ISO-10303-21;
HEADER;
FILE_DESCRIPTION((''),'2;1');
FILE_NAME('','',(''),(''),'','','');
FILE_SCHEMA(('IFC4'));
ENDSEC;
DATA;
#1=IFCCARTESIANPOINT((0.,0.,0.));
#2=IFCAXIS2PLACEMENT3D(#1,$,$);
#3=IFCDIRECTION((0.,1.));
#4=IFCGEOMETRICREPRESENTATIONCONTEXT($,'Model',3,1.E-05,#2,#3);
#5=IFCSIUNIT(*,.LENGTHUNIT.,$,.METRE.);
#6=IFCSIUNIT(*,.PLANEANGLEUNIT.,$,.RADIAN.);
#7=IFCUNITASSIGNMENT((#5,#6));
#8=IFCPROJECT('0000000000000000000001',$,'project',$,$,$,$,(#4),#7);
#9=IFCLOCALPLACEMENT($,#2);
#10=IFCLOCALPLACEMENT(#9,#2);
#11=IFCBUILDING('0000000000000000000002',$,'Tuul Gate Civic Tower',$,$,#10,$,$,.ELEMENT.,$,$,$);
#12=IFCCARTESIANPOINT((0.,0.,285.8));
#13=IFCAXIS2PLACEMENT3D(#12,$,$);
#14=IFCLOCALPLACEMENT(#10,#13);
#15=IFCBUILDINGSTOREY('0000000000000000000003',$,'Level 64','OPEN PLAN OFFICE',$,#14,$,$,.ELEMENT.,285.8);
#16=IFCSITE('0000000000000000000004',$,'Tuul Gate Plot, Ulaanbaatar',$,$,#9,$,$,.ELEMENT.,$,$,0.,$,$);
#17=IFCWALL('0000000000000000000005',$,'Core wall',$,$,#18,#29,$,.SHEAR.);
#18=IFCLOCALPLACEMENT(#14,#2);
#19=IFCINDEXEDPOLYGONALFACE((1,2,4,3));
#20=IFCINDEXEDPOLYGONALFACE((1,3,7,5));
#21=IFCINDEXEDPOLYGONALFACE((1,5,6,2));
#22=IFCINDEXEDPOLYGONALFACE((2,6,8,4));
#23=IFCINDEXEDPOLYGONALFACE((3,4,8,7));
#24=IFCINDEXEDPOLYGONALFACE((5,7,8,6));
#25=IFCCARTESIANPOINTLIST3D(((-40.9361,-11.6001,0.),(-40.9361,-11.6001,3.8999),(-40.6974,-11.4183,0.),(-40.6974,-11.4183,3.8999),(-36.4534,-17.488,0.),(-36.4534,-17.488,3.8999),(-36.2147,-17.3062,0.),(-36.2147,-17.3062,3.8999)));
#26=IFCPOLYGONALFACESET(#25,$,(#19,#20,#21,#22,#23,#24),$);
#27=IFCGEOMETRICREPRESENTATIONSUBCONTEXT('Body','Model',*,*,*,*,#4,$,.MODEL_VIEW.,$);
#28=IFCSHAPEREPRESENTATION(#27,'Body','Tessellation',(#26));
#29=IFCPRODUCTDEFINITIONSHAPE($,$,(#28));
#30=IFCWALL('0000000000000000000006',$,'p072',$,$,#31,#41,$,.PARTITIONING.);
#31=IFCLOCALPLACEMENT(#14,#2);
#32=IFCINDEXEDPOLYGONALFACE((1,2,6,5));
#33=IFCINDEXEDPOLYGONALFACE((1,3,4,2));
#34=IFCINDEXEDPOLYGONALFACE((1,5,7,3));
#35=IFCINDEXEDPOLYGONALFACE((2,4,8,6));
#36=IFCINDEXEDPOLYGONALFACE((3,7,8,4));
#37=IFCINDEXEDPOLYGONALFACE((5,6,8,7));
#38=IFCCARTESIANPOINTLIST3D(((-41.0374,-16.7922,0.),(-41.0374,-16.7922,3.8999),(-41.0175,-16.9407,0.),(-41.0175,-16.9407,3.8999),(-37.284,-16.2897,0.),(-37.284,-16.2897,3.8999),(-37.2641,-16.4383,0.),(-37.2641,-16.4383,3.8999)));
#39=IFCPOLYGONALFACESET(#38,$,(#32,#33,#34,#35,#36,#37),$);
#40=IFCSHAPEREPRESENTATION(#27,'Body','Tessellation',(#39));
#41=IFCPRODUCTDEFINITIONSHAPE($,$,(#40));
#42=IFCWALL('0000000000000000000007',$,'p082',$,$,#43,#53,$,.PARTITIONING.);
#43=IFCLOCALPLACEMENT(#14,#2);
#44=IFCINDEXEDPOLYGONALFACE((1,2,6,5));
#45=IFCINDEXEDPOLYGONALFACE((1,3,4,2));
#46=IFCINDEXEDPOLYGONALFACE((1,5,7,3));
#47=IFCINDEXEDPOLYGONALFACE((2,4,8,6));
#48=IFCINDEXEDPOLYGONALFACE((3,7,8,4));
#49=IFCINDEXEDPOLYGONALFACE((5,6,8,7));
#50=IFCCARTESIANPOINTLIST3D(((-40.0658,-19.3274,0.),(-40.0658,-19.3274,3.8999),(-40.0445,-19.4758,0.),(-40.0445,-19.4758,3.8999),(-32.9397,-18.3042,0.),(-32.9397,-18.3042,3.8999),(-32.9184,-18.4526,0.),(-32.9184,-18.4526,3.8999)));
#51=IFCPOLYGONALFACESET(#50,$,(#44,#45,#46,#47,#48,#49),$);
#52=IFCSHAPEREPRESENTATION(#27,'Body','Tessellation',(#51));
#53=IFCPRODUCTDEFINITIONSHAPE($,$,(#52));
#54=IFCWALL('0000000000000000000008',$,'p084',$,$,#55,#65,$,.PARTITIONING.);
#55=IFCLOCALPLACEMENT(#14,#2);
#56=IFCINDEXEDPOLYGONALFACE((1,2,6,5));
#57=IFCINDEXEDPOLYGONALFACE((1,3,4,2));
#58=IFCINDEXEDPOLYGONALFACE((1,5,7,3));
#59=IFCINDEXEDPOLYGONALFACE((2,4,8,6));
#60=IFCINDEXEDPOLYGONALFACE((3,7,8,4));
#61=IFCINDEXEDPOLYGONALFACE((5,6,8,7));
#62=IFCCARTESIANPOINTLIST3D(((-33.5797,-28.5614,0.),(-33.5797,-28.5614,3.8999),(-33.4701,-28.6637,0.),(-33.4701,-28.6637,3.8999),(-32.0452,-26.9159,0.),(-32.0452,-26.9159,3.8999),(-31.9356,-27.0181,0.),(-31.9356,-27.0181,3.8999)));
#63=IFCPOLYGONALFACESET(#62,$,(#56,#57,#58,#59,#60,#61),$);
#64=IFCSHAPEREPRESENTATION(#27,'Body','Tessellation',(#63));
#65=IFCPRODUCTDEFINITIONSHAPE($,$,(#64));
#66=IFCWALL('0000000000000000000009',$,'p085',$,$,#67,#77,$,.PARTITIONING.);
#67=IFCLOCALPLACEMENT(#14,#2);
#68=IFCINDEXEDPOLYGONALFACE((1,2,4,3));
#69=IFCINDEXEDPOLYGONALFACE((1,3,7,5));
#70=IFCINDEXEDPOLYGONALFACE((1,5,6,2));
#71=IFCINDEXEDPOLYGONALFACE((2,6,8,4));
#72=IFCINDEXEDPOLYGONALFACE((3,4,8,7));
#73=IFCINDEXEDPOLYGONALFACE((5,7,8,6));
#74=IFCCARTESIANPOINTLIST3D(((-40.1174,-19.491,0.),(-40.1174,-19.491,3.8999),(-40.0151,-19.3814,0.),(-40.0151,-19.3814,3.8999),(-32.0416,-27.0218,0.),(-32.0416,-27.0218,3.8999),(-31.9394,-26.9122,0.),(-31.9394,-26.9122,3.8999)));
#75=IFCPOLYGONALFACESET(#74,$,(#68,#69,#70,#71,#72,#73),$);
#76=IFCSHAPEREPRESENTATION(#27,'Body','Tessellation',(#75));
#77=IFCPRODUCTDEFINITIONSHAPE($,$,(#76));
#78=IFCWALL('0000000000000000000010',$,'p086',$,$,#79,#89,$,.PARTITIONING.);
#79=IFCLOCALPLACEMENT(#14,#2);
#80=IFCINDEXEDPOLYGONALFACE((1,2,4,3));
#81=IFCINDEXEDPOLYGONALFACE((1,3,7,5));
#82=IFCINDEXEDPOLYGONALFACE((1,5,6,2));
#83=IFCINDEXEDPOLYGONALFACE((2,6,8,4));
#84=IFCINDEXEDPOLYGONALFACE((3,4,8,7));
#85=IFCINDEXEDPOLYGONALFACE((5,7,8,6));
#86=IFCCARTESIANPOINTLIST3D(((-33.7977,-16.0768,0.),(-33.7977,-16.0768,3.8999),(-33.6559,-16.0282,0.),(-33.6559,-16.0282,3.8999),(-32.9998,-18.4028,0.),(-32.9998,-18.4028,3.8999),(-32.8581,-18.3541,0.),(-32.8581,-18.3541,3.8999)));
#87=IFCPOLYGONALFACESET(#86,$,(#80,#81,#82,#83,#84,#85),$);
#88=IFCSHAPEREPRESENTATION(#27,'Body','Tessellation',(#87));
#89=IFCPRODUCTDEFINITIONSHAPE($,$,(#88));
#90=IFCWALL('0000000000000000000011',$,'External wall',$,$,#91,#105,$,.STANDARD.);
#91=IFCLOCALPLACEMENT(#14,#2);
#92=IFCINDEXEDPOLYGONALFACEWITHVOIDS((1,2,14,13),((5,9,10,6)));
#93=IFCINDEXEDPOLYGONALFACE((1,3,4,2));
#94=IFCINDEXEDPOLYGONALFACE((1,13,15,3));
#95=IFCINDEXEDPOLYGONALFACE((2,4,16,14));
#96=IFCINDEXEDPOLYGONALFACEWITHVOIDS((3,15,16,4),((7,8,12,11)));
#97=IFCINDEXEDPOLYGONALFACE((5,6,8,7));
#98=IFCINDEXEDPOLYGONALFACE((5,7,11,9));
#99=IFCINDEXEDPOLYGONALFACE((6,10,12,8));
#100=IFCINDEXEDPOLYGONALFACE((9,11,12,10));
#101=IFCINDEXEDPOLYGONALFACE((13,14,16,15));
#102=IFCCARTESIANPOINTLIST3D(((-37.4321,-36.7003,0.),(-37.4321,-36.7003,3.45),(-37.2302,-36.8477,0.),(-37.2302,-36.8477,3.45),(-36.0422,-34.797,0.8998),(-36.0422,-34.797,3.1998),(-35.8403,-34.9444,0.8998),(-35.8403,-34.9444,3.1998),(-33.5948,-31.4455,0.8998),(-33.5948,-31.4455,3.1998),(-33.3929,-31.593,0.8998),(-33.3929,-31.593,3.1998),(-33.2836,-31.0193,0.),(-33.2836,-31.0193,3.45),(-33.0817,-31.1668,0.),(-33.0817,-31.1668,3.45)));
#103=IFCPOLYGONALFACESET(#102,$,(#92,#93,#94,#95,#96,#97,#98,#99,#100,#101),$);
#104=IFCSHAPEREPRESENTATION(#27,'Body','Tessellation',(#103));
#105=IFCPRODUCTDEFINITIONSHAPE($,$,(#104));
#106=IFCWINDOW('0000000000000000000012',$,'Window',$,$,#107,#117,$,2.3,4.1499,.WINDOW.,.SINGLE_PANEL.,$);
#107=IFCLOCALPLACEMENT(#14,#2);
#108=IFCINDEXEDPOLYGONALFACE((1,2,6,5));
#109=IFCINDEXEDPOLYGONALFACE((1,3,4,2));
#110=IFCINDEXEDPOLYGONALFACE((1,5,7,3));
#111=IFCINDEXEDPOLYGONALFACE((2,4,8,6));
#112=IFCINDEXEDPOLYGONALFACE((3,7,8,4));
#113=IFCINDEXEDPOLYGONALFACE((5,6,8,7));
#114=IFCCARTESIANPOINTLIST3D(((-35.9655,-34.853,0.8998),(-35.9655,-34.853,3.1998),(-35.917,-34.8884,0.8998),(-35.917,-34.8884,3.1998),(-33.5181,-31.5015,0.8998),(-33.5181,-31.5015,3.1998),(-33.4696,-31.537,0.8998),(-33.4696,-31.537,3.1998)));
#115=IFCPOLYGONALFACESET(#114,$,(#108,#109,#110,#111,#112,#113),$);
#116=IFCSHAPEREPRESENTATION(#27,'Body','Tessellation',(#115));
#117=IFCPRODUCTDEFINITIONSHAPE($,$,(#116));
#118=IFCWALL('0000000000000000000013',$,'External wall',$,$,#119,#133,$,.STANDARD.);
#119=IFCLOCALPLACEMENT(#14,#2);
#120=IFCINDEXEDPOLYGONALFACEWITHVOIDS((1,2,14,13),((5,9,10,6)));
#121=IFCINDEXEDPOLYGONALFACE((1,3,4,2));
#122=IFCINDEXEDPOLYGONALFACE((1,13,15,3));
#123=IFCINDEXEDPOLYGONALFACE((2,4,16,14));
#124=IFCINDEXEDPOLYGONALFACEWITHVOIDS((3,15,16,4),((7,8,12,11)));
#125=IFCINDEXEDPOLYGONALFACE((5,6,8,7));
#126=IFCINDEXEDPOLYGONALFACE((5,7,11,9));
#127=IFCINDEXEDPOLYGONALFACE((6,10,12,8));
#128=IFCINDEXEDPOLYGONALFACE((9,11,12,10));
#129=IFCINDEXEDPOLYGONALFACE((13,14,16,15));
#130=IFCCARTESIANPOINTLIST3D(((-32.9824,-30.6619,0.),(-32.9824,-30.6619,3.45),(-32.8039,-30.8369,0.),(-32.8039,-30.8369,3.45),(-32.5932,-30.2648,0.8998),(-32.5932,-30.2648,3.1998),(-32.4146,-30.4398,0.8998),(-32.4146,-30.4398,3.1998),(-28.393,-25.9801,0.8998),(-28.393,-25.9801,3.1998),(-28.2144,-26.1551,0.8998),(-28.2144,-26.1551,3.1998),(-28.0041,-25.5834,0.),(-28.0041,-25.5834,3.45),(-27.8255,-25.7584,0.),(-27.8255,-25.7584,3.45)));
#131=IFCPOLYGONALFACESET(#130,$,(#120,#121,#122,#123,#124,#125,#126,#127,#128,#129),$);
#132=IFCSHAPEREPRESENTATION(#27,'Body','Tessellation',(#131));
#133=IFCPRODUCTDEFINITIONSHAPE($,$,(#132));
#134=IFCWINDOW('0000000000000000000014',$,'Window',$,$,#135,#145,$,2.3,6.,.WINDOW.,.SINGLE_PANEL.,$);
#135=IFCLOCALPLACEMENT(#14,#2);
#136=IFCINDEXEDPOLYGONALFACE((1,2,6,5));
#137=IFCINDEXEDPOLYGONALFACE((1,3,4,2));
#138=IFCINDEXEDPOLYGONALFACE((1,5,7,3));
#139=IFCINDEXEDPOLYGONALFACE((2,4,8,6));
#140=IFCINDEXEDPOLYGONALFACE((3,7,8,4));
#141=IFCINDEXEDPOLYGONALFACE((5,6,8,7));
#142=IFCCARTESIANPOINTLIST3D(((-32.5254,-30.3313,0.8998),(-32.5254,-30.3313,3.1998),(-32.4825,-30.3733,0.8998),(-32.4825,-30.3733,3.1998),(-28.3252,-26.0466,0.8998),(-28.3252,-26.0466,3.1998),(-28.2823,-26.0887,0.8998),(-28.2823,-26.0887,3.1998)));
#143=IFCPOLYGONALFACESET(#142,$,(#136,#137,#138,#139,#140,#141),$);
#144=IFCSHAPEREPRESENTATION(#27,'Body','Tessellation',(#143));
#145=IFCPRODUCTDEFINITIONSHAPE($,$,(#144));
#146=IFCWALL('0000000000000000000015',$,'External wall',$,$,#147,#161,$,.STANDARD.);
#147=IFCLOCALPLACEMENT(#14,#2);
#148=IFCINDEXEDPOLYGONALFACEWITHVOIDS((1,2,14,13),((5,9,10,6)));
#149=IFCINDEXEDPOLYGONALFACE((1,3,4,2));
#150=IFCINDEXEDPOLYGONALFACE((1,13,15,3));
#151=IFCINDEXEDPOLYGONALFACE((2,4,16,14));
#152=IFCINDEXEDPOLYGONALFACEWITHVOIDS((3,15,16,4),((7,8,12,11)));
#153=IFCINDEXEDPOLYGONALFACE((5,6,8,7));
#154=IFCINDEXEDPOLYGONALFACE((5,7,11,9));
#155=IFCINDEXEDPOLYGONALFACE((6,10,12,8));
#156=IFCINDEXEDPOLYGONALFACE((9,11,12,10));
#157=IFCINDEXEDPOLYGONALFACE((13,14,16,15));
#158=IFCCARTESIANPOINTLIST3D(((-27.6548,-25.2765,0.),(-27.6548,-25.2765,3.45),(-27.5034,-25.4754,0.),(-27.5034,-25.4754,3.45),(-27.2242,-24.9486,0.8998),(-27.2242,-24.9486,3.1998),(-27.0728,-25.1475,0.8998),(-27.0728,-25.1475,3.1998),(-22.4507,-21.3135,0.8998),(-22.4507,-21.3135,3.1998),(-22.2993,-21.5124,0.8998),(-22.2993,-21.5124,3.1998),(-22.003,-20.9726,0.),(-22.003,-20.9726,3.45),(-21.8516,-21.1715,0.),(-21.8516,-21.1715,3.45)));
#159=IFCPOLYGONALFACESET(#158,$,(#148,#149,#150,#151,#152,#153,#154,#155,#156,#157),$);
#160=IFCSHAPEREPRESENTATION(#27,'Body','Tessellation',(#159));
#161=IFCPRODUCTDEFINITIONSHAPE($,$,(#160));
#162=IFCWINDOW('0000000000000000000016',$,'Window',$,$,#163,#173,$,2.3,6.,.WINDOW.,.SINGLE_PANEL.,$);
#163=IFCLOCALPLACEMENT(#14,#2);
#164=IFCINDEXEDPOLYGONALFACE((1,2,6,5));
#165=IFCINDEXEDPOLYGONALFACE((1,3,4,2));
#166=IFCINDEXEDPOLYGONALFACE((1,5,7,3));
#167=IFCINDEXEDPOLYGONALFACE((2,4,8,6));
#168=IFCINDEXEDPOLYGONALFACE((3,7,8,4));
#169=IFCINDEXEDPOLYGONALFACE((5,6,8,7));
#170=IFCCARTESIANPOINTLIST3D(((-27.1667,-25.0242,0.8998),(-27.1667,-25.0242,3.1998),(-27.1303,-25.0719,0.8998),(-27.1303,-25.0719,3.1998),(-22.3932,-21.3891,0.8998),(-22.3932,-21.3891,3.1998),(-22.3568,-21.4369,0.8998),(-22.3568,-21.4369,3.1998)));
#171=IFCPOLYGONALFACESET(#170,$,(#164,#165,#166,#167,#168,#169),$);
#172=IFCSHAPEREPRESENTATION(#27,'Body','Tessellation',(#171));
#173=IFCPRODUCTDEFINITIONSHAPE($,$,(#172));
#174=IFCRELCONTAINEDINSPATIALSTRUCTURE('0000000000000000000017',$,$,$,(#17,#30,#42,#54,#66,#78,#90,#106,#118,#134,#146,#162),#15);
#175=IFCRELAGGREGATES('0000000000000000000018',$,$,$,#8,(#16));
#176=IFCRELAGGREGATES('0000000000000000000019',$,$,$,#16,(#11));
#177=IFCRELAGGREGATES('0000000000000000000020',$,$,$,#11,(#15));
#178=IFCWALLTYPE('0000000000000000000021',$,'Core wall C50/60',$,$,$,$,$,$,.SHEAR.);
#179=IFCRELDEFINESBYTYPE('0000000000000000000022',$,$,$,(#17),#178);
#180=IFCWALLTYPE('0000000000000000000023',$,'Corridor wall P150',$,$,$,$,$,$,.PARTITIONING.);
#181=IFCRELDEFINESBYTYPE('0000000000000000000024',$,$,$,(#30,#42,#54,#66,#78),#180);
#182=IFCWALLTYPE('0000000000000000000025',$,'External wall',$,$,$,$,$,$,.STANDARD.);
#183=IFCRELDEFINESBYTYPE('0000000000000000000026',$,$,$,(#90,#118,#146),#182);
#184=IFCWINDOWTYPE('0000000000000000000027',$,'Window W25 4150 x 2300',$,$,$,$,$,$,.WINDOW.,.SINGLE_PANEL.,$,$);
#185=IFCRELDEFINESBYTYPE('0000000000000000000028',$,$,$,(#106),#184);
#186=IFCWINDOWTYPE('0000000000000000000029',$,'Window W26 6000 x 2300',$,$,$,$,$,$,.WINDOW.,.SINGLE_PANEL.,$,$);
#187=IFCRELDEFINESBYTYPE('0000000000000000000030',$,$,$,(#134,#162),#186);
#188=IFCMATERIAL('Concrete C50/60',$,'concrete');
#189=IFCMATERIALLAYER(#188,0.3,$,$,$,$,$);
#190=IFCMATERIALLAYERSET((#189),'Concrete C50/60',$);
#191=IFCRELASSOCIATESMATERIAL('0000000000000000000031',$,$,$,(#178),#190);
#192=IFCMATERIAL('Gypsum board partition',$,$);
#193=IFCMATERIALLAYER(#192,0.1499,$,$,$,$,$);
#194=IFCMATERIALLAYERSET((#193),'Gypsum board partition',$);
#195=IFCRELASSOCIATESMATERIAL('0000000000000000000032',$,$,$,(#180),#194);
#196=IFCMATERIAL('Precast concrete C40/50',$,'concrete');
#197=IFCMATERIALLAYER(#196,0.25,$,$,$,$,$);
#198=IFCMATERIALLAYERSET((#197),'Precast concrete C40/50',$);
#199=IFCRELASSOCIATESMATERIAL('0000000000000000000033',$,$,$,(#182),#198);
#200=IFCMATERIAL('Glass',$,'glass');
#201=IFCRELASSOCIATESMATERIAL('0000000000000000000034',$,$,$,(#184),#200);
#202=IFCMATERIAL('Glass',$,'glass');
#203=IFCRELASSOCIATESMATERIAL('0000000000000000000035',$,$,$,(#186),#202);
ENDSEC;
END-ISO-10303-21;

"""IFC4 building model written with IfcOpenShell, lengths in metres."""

from ifc_helpers import new_model, si_unit, direction, frame, frame_2d, origin, place, context, subcontext, project, spatial, rectangle, extrude, material, layer, layer_set, type_object, element, fill, save


model = new_model("IFC4")

# Units and contexts
model_context = context("Model", 3, precision=1e-05, world=origin(), true_north=direction((0.0, 1.0)))
body_context = subcontext(model_context, "Body", "Model", "MODEL_VIEW")
ifc_project = project(units=[si_unit("LENGTHUNIT", "METRE"), si_unit("PLANEANGLEUNIT", "RADIAN")], contexts=[model_context])

# Site, building, storey
site_placement = place(None, origin())
site = spatial("IfcSite", under=ifc_project, at=site_placement, Name="Tuul Gate Plot, Ulaanbaatar", CompositionType="ELEMENT", RefElevation=0.0)
building_placement = place(site_placement, origin())
building = spatial("IfcBuilding", under=site, at=building_placement, Name="Tuul Gate Civic Tower", CompositionType="ELEMENT")
storey_placement = place(building_placement, frame((0.0, 0.0, 285.8)))
storey = spatial("IfcBuildingStorey", under=building, at=storey_placement, Name="Level 64", Description="OPEN PLAN OFFICE", CompositionType="ELEMENT", Elevation=285.8)

# Shared definitions
ifc_material_1 = material(Name="Concrete C50/60", Category="concrete")
ifc_layer_1 = layer(ifc_material_1, 0.3)
ifc_layer_set_1 = layer_set([ifc_layer_1], Name="Concrete C50/60")
wall_type_1 = type_object("IfcWallType", Name="Core wall C50/60", PredefinedType="SHEAR", material=ifc_layer_set_1)

# Walls
wall_1_placement = place(storey_placement, frame((-36.334, -17.3972, 0.0), z_axis=(0.0, 0.0, 1.0), x_axis=(-0.605754, 0.795652, 0.0)))
element("IfcWall", 1, at=wall_1_placement, inside=storey, type_object=wall_type_1, Name="Core wall", PredefinedType="SHEAR", context=body_context, shape_type="SweptSolid", body=[
    extrude(rectangle(XDim=7.4001, YDim=0.3, at=frame_2d((3.7002, 0.0))), origin(), (0.0, 0.0, 1.0), 3.8999),
])
ifc_material_2 = material(Name="Gypsum board partition")
ifc_layer_2 = layer(ifc_material_2, 0.1499)
ifc_layer_set_2 = layer_set([ifc_layer_2], Name="Gypsum board partition")
wall_type_2 = type_object("IfcWallType", Name="Corridor wall P150", PredefinedType="PARTITIONING", material=ifc_layer_set_2)
wall_2_placement = place(storey_placement, frame((-41.0276, -16.8665, 0.0), z_axis=(0.0, 0.0, 1.0), x_axis=(0.991159, 0.132679, 0.0)))
element("IfcWall", 2, at=wall_2_placement, inside=storey, type_object=wall_type_2, Name="p072", PredefinedType="PARTITIONING", context=body_context, shape_type="SweptSolid", body=[
    extrude(rectangle(XDim=3.7869, YDim=0.1499, at=frame_2d((1.8936, 0.0))), origin(), (0.0, 0.0, 1.0), 3.8999),
])
wall_3_placement = place(storey_placement, frame((-40.0552, -19.4016, 0.0), z_axis=(0.0, 0.0, 1.0), x_axis=(0.989849, 0.142124, 0.0)))
element("IfcWall", 3, at=wall_3_placement, inside=storey, type_object=wall_type_2, Name="p082", PredefinedType="PARTITIONING", context=body_context, shape_type="SweptSolid", body=[
    extrude(rectangle(XDim=7.1992, YDim=0.1499, at=frame_2d((3.5996, 0.0))), origin(), (0.0, 0.0, 1.0), 3.8999),
])
wall_4_placement = place(storey_placement, frame((-33.5249, -28.6125, 0.0), z_axis=(0.0, 0.0, 1.0), x_axis=(0.68199, 0.731362, 0.0)))
element("IfcWall", 4, at=wall_4_placement, inside=storey, type_object=wall_type_2, Name="p084", PredefinedType="PARTITIONING", context=body_context, shape_type="SweptSolid", body=[
    extrude(rectangle(XDim=2.25, YDim=0.1499, at=frame_2d((1.125, 0.0))), origin(), (0.0, 0.0, 1.0), 3.8999),
])
wall_5_placement = place(storey_placement, frame((-40.0662, -19.4363, 0.0), z_axis=(0.0, 0.0, 1.0), x_axis=(0.731351, -0.682002, 0.0)))
element("IfcWall", 5, at=wall_5_placement, inside=storey, type_object=wall_type_2, Name="p085", PredefinedType="PARTITIONING", context=body_context, shape_type="SweptSolid", body=[
    extrude(rectangle(XDim=11.0422, YDim=0.1499, at=frame_2d((5.521, 0.0))), origin(), (0.0, 0.0, 1.0), 3.8999),
])
wall_6_placement = place(storey_placement, frame((-33.7268, -16.0525, 0.0), z_axis=(0.0, 0.0, 1.0), x_axis=(0.324466, -0.945897, 0.0)))
element("IfcWall", 6, at=wall_6_placement, inside=storey, type_object=wall_type_2, Name="p086", PredefinedType="PARTITIONING", context=body_context, shape_type="SweptSolid", body=[
    extrude(rectangle(XDim=2.459, YDim=0.1499, at=frame_2d((1.2295, 0.0))), origin(), (0.0, 0.0, 1.0), 3.8999),
])

# Walls, openings, windows
ifc_material_3 = material(Name="Precast concrete C40/50", Category="concrete")
ifc_layer_3 = layer(ifc_material_3, 0.25)
ifc_layer_set_3 = layer_set([ifc_layer_3], Name="Precast concrete C40/50")
wall_type_3 = type_object("IfcWallType", Name="External wall", PredefinedType="STANDARD", material=ifc_layer_set_3)
wall_7_placement = place(storey_placement, frame((-37.3311, -36.7739, 0.0), z_axis=(0.0, 0.0, 1.0), x_axis=(0.589739, 0.807594, 0.0)))
wall_7 = element("IfcWall", 7, at=wall_7_placement, inside=storey, type_object=wall_type_3, Name="External wall", PredefinedType="STANDARD", context=body_context, shape_type="SweptSolid", body=[
    extrude(rectangle(XDim=7.0344, YDim=0.25, at=frame_2d((3.5171, 0.0))), origin(), (0.0, 0.0, 1.0), 3.45),
])
opening_1_placement = place(wall_7_placement, frame((2.3567, 0.0, 0.8999)))
opening_1 = element("IfcOpeningElement", 8, at=opening_1_placement, cuts=wall_7, PredefinedType="OPENING", context=body_context, shape_type="SweptSolid", body=[
    extrude(rectangle(XDim=4.1499, YDim=2.3, at=frame_2d((2.075, 1.1499))), frame((0.0, 0.135, 0.0), z_axis=(0.0, -1.0, 0.0), x_axis=(1.0, 0.0, 0.0)), (0.0, 0.0, 1.0), 0.27),
])
ifc_material_4 = material(Name="Glass", Category="glass")
window_type_1 = type_object("IfcWindowType", Name="Window W25 4150 x 2300", PartitioningType="SINGLE_PANEL", PredefinedType="WINDOW", material=ifc_material_4)
window_1_placement = place(opening_1_placement, origin())
window_1 = element("IfcWindow", 9, at=window_1_placement, inside=storey, type_object=window_type_1, Name="Window", OverallHeight=2.3, OverallWidth=4.1499, PartitioningType="SINGLE_PANEL", PredefinedType="WINDOW", context=body_context, shape_type="SweptSolid", body=[
    extrude(rectangle(XDim=4.1499, YDim=2.3, at=frame_2d((2.075, 1.1499))), frame((0.0, 0.03, 0.0), z_axis=(0.0, -1.0, 0.0), x_axis=(1.0, 0.0, 0.0)), (0.0, 0.0, 1.0), 0.0601),
])
fill(opening_1, window_1)
wall_8_placement = place(storey_placement, frame((-32.8931, -30.7493, 0.0), z_axis=(0.0, 0.0, 1.0), x_axis=(0.700034, 0.71411, 0.0)))
wall_8 = element("IfcWall", 10, at=wall_8_placement, inside=storey, type_object=wall_type_3, Name="External wall", PredefinedType="STANDARD", context=body_context, shape_type="SweptSolid", body=[
    extrude(rectangle(XDim=7.1116, YDim=0.25, at=frame_2d((3.5557, 0.0))), origin(), (0.0, 0.0, 1.0), 3.45),
])
opening_2_placement = place(wall_8_placement, frame((0.5559, 0.0, 0.8999)))
opening_2 = element("IfcOpeningElement", 11, at=opening_2_placement, cuts=wall_8, PredefinedType="OPENING", context=body_context, shape_type="SweptSolid", body=[
    extrude(rectangle(XDim=6.0, YDim=2.3, at=frame_2d((3.0, 1.1499))), frame((0.0, 0.135, 0.0), z_axis=(0.0, -1.0, 0.0), x_axis=(1.0, 0.0, 0.0)), (0.0, 0.0, 1.0), 0.27),
])
ifc_material_5 = material(Name="Glass", Category="glass")
window_type_2 = type_object("IfcWindowType", Name="Window W26 6000 x 2300", PartitioningType="SINGLE_PANEL", PredefinedType="WINDOW", material=ifc_material_5)
window_2_placement = place(opening_2_placement, origin())
window_2 = element("IfcWindow", 12, at=window_2_placement, inside=storey, type_object=window_type_2, Name="Window", OverallHeight=2.3, OverallWidth=6.0, PartitioningType="SINGLE_PANEL", PredefinedType="WINDOW", context=body_context, shape_type="SweptSolid", body=[
    extrude(rectangle(XDim=6.0, YDim=2.3, at=frame_2d((3.0, 1.1499))), frame((0.0, 0.03, 0.0), z_axis=(0.0, -1.0, 0.0), x_axis=(1.0, 0.0, 0.0)), (0.0, 0.0, 1.0), 0.0601),
])
fill(opening_2, window_2)
wall_9_placement = place(storey_placement, frame((-27.5791, -25.376, 0.0), z_axis=(0.0, 0.0, 1.0), x_axis=(0.795582, 0.605845, 0.0)))
wall_9 = element("IfcWall", 13, at=wall_9_placement, inside=storey, type_object=wall_type_3, Name="External wall", PredefinedType="STANDARD", context=body_context, shape_type="SweptSolid", body=[
    extrude(rectangle(XDim=7.104, YDim=0.25, at=frame_2d((3.552, 0.0))), origin(), (0.0, 0.0, 1.0), 3.45),
])
opening_3_placement = place(wall_9_placement, frame((0.5413, 0.0, 0.8999)))
opening_3 = element("IfcOpeningElement", 14, at=opening_3_placement, cuts=wall_9, PredefinedType="OPENING", context=body_context, shape_type="SweptSolid", body=[
    extrude(rectangle(XDim=6.0, YDim=2.3, at=frame_2d((3.0, 1.1499))), frame((0.0, 0.135, 0.0), z_axis=(0.0, -1.0, 0.0), x_axis=(1.0, 0.0, 0.0)), (0.0, 0.0, 1.0), 0.27),
])
window_3_placement = place(opening_3_placement, origin())
window_3 = element("IfcWindow", 15, at=window_3_placement, inside=storey, type_object=window_type_2, Name="Window", OverallHeight=2.3, OverallWidth=6.0, PartitioningType="SINGLE_PANEL", PredefinedType="WINDOW", context=body_context, shape_type="SweptSolid", body=[
    extrude(rectangle(XDim=6.0, YDim=2.3, at=frame_2d((3.0, 1.1499))), frame((0.0, 0.03, 0.0), z_axis=(0.0, -1.0, 0.0), x_axis=(1.0, 0.0, 0.0)), (0.0, 0.0, 1.0), 0.0601),
])
fill(opening_3, window_3)

save(model, "model.ifc")
